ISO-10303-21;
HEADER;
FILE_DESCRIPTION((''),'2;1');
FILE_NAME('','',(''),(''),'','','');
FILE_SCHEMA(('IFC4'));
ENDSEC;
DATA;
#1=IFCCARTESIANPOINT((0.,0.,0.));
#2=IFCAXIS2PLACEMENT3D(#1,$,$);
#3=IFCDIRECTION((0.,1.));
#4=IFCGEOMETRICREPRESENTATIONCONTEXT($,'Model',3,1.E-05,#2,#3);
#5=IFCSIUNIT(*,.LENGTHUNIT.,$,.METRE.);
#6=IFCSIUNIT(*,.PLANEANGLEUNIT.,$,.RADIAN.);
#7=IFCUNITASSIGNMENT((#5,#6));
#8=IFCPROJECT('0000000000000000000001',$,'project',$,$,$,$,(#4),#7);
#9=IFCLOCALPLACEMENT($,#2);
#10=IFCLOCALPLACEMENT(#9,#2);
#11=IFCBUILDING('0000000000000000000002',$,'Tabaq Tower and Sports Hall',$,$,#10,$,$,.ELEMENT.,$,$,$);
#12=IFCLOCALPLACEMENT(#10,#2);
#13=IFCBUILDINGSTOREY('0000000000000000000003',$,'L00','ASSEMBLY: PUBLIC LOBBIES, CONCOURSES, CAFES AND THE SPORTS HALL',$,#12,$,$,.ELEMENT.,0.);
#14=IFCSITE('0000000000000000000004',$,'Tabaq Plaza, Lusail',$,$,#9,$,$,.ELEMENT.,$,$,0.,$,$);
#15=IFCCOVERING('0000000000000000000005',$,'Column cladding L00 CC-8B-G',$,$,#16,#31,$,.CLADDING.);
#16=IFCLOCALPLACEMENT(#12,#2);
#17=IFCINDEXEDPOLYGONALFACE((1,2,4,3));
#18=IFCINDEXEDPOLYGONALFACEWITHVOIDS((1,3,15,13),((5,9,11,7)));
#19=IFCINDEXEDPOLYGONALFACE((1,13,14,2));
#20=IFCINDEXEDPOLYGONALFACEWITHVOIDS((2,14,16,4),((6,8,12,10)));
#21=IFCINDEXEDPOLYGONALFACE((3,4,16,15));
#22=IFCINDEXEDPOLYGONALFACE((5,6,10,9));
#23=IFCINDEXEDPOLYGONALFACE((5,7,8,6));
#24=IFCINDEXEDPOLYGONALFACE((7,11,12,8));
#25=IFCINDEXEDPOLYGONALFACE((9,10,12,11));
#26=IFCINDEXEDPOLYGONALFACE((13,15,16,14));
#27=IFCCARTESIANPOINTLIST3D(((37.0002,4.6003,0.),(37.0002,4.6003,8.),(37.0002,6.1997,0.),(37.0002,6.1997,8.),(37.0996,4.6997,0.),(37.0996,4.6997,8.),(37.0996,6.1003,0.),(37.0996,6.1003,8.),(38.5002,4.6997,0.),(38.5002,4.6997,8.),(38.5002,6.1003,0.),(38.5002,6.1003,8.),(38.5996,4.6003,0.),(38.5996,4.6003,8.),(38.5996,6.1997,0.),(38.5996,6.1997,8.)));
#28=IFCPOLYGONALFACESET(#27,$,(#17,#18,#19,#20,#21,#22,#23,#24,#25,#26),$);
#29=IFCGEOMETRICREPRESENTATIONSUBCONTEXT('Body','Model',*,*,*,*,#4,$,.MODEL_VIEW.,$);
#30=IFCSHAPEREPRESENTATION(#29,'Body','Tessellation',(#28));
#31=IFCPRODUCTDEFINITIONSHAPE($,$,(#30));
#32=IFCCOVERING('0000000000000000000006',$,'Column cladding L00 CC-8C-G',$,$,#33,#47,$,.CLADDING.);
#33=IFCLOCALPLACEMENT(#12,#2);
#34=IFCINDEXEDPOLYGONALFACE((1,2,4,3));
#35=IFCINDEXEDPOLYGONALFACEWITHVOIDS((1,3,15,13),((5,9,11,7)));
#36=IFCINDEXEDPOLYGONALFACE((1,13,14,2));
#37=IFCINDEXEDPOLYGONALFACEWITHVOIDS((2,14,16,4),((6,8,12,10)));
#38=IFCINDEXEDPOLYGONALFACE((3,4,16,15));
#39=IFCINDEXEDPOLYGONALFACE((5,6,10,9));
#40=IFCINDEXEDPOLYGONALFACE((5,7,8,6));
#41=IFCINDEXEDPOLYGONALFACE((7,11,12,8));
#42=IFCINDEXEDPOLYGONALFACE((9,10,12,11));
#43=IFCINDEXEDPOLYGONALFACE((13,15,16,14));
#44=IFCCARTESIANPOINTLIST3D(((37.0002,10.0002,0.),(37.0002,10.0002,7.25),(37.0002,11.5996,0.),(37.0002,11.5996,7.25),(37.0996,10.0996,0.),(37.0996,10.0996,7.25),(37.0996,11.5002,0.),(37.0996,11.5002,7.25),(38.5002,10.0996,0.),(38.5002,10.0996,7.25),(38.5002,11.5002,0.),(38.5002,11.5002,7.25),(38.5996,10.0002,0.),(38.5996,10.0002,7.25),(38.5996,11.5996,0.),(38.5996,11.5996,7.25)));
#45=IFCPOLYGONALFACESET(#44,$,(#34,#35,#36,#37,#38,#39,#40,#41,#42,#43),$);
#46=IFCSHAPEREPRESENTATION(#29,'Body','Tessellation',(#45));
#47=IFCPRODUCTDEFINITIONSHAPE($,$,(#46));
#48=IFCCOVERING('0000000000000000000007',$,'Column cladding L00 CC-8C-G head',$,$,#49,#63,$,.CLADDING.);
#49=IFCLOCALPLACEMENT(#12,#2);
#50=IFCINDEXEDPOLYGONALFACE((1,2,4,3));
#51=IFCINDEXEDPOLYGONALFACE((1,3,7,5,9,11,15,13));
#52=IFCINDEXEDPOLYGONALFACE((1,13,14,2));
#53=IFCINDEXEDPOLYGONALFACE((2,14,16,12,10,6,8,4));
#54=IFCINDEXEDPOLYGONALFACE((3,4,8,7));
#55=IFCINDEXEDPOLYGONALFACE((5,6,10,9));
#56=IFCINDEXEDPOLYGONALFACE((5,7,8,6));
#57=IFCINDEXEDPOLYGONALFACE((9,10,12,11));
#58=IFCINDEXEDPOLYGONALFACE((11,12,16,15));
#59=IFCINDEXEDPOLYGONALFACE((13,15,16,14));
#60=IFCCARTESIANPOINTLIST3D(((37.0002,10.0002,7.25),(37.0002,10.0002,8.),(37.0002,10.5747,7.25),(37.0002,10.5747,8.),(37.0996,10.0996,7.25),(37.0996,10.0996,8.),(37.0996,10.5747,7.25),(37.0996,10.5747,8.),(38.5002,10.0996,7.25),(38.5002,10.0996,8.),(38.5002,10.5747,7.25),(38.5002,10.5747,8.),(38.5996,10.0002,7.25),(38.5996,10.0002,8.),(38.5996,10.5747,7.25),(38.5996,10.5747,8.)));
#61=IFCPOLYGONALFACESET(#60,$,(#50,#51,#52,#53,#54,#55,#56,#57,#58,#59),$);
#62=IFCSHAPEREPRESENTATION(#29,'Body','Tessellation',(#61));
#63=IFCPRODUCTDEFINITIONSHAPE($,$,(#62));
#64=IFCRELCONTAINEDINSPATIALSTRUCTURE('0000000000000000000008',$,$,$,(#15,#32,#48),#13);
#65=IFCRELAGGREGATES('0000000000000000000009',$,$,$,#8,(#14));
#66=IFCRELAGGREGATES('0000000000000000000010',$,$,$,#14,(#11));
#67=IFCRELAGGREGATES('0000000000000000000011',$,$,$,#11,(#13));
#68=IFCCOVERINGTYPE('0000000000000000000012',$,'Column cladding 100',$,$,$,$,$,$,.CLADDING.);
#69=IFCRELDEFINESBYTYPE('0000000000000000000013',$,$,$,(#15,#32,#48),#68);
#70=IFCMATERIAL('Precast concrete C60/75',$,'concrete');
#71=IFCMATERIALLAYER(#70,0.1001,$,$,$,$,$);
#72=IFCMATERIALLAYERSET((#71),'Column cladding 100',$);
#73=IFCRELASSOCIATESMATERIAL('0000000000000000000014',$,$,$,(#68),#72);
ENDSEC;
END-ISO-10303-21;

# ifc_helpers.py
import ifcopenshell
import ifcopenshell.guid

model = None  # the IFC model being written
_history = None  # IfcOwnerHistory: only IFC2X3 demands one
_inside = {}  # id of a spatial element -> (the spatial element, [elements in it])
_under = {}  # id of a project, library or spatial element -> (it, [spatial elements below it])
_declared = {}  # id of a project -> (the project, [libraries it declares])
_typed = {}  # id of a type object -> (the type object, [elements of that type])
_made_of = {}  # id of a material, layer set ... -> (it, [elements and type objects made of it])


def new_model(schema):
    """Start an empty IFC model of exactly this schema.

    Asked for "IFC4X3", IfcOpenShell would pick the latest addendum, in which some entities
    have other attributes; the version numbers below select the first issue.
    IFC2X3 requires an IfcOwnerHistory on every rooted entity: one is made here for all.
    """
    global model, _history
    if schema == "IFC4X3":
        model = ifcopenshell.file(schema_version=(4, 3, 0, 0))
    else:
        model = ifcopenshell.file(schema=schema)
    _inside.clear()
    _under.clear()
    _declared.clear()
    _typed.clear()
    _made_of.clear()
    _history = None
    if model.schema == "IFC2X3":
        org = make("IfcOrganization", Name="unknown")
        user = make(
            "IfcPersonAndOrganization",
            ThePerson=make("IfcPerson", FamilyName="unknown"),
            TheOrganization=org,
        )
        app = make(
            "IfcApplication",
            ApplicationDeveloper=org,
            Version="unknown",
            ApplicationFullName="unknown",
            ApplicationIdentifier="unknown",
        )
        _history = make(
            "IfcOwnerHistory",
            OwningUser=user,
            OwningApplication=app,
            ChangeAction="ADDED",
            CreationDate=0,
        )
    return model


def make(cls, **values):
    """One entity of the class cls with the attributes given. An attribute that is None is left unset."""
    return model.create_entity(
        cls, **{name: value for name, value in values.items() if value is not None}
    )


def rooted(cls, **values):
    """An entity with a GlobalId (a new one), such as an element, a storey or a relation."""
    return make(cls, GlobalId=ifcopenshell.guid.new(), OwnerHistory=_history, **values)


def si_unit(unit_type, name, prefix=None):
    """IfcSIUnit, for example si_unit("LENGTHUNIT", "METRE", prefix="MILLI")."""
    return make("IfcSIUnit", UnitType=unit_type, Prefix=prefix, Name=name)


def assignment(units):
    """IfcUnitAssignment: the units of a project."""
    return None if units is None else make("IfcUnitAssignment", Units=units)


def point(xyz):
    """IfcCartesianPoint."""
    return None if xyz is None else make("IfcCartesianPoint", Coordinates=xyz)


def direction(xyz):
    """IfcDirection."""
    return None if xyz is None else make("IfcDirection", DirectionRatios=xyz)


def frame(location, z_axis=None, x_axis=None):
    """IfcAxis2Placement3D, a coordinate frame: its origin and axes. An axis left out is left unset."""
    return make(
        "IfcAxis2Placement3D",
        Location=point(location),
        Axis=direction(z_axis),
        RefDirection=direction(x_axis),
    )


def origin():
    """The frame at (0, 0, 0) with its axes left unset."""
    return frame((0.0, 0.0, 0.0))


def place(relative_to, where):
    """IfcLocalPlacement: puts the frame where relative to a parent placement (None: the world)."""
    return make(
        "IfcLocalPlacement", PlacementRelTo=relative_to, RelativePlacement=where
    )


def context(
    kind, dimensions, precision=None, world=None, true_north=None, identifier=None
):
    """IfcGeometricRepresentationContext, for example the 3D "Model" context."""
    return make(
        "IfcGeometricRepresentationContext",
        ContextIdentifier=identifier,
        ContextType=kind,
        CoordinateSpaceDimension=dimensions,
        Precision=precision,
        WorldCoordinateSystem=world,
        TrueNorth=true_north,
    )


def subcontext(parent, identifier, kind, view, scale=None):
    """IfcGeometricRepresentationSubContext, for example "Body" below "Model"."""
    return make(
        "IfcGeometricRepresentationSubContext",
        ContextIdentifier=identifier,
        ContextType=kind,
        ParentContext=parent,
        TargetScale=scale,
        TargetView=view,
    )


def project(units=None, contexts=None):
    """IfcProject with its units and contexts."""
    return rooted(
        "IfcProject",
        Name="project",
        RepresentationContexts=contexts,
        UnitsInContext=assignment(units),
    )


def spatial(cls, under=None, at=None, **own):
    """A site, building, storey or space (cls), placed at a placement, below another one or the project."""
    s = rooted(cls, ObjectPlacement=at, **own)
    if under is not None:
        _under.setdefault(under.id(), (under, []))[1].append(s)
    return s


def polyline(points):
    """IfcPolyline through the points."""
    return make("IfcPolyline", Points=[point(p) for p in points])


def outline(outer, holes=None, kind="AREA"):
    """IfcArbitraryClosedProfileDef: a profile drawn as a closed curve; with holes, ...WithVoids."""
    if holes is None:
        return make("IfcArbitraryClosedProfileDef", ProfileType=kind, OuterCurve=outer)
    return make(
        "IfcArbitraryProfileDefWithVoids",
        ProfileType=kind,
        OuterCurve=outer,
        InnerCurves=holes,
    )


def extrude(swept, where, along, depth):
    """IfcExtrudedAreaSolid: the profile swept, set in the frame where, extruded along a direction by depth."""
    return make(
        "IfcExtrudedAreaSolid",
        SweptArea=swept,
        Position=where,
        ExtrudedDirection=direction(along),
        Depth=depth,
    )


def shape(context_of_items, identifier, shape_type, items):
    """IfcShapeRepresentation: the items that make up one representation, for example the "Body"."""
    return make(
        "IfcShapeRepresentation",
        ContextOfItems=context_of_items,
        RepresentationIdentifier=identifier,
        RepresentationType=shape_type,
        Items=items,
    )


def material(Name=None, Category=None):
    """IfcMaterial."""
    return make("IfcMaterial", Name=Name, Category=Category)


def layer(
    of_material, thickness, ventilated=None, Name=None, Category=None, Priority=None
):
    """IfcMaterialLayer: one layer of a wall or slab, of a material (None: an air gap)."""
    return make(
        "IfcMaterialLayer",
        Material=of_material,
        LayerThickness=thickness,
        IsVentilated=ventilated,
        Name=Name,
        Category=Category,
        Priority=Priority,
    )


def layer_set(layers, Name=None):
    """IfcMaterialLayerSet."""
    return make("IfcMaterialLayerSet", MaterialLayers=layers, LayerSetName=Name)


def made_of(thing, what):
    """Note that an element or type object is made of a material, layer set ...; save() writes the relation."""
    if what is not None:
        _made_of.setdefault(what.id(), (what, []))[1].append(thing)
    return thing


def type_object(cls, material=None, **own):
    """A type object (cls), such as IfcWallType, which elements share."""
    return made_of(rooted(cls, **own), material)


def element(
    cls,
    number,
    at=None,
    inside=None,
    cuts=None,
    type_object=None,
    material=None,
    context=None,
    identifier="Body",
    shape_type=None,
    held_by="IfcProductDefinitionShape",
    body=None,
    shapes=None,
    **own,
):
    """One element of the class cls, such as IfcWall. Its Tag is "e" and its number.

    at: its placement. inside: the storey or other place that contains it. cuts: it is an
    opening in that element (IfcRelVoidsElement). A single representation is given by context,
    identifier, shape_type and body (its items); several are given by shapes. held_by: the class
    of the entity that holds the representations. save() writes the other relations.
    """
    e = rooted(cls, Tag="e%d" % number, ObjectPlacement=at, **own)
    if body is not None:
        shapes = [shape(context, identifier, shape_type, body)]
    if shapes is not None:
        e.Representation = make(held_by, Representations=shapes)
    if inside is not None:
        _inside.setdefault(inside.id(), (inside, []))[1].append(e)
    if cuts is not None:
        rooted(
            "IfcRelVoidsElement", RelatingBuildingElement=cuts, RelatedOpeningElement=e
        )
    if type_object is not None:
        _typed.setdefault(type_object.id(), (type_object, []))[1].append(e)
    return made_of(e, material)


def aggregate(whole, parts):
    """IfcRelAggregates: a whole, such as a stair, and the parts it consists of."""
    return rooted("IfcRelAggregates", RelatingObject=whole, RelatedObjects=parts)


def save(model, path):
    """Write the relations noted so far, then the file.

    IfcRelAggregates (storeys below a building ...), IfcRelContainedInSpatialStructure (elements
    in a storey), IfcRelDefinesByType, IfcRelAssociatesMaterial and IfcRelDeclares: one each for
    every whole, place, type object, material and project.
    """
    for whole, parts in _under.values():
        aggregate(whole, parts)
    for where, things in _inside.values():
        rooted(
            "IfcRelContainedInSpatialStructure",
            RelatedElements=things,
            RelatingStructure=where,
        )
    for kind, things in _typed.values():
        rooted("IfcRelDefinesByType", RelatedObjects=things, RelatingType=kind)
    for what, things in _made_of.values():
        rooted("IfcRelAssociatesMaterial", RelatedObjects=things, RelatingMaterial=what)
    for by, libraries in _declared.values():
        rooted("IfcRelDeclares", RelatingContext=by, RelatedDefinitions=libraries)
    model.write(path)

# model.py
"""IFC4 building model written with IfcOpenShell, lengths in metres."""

from ifc_helpers import new_model, si_unit, direction, frame, origin, place, context, subcontext, project, spatial, polyline, outline, extrude, material, layer, layer_set, type_object, element, save


model = new_model("IFC4")

# Units and contexts
model_context = context("Model", 3, precision=1e-05, world=origin(), true_north=direction((0.0, 1.0)))
body_context = subcontext(model_context, "Body", "Model", "MODEL_VIEW")
ifc_project = project(units=[si_unit("LENGTHUNIT", "METRE"), si_unit("PLANEANGLEUNIT", "RADIAN")], contexts=[model_context])

# Site, building, storey
site_placement = place(None, origin())
site = spatial("IfcSite", under=ifc_project, at=site_placement, Name="Tabaq Plaza, Lusail", CompositionType="ELEMENT", RefElevation=0.0)
building_placement = place(site_placement, origin())
building = spatial("IfcBuilding", under=site, at=building_placement, Name="Tabaq Tower and Sports Hall", CompositionType="ELEMENT")
storey_placement = place(building_placement, origin())
storey = spatial("IfcBuildingStorey", under=building, at=storey_placement, Name="L00", Description="ASSEMBLY: PUBLIC LOBBIES, CONCOURSES, CAFES AND THE SPORTS HALL", CompositionType="ELEMENT", Elevation=0.0)

# Coverings
ifc_material_1 = material(Name="Precast concrete C60/75", Category="concrete")
ifc_layer_1 = layer(ifc_material_1, 0.1001)
ifc_layer_set_1 = layer_set([ifc_layer_1], Name="Column cladding 100")
covering_type = type_object("IfcCoveringType", Name="Column cladding 100", PredefinedType="CLADDING", material=ifc_layer_set_1)
covering_1_placement = place(storey_placement, origin())
element("IfcCovering", 1, at=covering_1_placement, inside=storey, type_object=covering_type, Name="Column cladding L00 CC-8B-G", PredefinedType="CLADDING", context=body_context, shape_type="SweptSolid", body=[
    extrude(outline(polyline([(37.0002, 6.1997), (38.5996, 6.1997), (38.5996, 4.6003), (37.0002, 4.6003), (37.0002, 6.1997)]), holes=[polyline([(38.5002, 4.6997), (38.5002, 6.1003), (37.0996, 6.1003), (37.0996, 4.6997), (38.5002, 4.6997)])]), origin(), (0.0, 0.0, 1.0), 8.0),
])
covering_2_placement = place(storey_placement, origin())
element("IfcCovering", 2, at=covering_2_placement, inside=storey, type_object=covering_type, Name="Column cladding L00 CC-8C-G", PredefinedType="CLADDING", context=body_context, shape_type="SweptSolid", body=[
    extrude(outline(polyline([(37.0002, 11.5996), (38.5996, 11.5996), (38.5996, 10.0002), (37.0002, 10.0002), (37.0002, 11.5996)]), holes=[polyline([(38.5002, 10.0996), (38.5002, 11.5002), (37.0996, 11.5002), (37.0996, 10.0996), (38.5002, 10.0996)])]), origin(), (0.0, 0.0, 1.0), 7.25),
])
covering_3_placement = place(storey_placement, frame((0.0, 0.0, 7.25)))
element("IfcCovering", 3, at=covering_3_placement, inside=storey, type_object=covering_type, Name="Column cladding L00 CC-8C-G head", PredefinedType="CLADDING", context=body_context, shape_type="SweptSolid", body=[
    extrude(outline(polyline([(38.5996, 10.0002), (37.0002, 10.0002), (37.0002, 10.5747), (37.0996, 10.5747), (37.0996, 10.0996), (38.5002, 10.0996), (38.5002, 10.5747), (38.5996, 10.5747), (38.5996, 10.0002)])), origin(), (0.0, 0.0, 1.0), 0.75),
])

save(model, "model.ifc")
